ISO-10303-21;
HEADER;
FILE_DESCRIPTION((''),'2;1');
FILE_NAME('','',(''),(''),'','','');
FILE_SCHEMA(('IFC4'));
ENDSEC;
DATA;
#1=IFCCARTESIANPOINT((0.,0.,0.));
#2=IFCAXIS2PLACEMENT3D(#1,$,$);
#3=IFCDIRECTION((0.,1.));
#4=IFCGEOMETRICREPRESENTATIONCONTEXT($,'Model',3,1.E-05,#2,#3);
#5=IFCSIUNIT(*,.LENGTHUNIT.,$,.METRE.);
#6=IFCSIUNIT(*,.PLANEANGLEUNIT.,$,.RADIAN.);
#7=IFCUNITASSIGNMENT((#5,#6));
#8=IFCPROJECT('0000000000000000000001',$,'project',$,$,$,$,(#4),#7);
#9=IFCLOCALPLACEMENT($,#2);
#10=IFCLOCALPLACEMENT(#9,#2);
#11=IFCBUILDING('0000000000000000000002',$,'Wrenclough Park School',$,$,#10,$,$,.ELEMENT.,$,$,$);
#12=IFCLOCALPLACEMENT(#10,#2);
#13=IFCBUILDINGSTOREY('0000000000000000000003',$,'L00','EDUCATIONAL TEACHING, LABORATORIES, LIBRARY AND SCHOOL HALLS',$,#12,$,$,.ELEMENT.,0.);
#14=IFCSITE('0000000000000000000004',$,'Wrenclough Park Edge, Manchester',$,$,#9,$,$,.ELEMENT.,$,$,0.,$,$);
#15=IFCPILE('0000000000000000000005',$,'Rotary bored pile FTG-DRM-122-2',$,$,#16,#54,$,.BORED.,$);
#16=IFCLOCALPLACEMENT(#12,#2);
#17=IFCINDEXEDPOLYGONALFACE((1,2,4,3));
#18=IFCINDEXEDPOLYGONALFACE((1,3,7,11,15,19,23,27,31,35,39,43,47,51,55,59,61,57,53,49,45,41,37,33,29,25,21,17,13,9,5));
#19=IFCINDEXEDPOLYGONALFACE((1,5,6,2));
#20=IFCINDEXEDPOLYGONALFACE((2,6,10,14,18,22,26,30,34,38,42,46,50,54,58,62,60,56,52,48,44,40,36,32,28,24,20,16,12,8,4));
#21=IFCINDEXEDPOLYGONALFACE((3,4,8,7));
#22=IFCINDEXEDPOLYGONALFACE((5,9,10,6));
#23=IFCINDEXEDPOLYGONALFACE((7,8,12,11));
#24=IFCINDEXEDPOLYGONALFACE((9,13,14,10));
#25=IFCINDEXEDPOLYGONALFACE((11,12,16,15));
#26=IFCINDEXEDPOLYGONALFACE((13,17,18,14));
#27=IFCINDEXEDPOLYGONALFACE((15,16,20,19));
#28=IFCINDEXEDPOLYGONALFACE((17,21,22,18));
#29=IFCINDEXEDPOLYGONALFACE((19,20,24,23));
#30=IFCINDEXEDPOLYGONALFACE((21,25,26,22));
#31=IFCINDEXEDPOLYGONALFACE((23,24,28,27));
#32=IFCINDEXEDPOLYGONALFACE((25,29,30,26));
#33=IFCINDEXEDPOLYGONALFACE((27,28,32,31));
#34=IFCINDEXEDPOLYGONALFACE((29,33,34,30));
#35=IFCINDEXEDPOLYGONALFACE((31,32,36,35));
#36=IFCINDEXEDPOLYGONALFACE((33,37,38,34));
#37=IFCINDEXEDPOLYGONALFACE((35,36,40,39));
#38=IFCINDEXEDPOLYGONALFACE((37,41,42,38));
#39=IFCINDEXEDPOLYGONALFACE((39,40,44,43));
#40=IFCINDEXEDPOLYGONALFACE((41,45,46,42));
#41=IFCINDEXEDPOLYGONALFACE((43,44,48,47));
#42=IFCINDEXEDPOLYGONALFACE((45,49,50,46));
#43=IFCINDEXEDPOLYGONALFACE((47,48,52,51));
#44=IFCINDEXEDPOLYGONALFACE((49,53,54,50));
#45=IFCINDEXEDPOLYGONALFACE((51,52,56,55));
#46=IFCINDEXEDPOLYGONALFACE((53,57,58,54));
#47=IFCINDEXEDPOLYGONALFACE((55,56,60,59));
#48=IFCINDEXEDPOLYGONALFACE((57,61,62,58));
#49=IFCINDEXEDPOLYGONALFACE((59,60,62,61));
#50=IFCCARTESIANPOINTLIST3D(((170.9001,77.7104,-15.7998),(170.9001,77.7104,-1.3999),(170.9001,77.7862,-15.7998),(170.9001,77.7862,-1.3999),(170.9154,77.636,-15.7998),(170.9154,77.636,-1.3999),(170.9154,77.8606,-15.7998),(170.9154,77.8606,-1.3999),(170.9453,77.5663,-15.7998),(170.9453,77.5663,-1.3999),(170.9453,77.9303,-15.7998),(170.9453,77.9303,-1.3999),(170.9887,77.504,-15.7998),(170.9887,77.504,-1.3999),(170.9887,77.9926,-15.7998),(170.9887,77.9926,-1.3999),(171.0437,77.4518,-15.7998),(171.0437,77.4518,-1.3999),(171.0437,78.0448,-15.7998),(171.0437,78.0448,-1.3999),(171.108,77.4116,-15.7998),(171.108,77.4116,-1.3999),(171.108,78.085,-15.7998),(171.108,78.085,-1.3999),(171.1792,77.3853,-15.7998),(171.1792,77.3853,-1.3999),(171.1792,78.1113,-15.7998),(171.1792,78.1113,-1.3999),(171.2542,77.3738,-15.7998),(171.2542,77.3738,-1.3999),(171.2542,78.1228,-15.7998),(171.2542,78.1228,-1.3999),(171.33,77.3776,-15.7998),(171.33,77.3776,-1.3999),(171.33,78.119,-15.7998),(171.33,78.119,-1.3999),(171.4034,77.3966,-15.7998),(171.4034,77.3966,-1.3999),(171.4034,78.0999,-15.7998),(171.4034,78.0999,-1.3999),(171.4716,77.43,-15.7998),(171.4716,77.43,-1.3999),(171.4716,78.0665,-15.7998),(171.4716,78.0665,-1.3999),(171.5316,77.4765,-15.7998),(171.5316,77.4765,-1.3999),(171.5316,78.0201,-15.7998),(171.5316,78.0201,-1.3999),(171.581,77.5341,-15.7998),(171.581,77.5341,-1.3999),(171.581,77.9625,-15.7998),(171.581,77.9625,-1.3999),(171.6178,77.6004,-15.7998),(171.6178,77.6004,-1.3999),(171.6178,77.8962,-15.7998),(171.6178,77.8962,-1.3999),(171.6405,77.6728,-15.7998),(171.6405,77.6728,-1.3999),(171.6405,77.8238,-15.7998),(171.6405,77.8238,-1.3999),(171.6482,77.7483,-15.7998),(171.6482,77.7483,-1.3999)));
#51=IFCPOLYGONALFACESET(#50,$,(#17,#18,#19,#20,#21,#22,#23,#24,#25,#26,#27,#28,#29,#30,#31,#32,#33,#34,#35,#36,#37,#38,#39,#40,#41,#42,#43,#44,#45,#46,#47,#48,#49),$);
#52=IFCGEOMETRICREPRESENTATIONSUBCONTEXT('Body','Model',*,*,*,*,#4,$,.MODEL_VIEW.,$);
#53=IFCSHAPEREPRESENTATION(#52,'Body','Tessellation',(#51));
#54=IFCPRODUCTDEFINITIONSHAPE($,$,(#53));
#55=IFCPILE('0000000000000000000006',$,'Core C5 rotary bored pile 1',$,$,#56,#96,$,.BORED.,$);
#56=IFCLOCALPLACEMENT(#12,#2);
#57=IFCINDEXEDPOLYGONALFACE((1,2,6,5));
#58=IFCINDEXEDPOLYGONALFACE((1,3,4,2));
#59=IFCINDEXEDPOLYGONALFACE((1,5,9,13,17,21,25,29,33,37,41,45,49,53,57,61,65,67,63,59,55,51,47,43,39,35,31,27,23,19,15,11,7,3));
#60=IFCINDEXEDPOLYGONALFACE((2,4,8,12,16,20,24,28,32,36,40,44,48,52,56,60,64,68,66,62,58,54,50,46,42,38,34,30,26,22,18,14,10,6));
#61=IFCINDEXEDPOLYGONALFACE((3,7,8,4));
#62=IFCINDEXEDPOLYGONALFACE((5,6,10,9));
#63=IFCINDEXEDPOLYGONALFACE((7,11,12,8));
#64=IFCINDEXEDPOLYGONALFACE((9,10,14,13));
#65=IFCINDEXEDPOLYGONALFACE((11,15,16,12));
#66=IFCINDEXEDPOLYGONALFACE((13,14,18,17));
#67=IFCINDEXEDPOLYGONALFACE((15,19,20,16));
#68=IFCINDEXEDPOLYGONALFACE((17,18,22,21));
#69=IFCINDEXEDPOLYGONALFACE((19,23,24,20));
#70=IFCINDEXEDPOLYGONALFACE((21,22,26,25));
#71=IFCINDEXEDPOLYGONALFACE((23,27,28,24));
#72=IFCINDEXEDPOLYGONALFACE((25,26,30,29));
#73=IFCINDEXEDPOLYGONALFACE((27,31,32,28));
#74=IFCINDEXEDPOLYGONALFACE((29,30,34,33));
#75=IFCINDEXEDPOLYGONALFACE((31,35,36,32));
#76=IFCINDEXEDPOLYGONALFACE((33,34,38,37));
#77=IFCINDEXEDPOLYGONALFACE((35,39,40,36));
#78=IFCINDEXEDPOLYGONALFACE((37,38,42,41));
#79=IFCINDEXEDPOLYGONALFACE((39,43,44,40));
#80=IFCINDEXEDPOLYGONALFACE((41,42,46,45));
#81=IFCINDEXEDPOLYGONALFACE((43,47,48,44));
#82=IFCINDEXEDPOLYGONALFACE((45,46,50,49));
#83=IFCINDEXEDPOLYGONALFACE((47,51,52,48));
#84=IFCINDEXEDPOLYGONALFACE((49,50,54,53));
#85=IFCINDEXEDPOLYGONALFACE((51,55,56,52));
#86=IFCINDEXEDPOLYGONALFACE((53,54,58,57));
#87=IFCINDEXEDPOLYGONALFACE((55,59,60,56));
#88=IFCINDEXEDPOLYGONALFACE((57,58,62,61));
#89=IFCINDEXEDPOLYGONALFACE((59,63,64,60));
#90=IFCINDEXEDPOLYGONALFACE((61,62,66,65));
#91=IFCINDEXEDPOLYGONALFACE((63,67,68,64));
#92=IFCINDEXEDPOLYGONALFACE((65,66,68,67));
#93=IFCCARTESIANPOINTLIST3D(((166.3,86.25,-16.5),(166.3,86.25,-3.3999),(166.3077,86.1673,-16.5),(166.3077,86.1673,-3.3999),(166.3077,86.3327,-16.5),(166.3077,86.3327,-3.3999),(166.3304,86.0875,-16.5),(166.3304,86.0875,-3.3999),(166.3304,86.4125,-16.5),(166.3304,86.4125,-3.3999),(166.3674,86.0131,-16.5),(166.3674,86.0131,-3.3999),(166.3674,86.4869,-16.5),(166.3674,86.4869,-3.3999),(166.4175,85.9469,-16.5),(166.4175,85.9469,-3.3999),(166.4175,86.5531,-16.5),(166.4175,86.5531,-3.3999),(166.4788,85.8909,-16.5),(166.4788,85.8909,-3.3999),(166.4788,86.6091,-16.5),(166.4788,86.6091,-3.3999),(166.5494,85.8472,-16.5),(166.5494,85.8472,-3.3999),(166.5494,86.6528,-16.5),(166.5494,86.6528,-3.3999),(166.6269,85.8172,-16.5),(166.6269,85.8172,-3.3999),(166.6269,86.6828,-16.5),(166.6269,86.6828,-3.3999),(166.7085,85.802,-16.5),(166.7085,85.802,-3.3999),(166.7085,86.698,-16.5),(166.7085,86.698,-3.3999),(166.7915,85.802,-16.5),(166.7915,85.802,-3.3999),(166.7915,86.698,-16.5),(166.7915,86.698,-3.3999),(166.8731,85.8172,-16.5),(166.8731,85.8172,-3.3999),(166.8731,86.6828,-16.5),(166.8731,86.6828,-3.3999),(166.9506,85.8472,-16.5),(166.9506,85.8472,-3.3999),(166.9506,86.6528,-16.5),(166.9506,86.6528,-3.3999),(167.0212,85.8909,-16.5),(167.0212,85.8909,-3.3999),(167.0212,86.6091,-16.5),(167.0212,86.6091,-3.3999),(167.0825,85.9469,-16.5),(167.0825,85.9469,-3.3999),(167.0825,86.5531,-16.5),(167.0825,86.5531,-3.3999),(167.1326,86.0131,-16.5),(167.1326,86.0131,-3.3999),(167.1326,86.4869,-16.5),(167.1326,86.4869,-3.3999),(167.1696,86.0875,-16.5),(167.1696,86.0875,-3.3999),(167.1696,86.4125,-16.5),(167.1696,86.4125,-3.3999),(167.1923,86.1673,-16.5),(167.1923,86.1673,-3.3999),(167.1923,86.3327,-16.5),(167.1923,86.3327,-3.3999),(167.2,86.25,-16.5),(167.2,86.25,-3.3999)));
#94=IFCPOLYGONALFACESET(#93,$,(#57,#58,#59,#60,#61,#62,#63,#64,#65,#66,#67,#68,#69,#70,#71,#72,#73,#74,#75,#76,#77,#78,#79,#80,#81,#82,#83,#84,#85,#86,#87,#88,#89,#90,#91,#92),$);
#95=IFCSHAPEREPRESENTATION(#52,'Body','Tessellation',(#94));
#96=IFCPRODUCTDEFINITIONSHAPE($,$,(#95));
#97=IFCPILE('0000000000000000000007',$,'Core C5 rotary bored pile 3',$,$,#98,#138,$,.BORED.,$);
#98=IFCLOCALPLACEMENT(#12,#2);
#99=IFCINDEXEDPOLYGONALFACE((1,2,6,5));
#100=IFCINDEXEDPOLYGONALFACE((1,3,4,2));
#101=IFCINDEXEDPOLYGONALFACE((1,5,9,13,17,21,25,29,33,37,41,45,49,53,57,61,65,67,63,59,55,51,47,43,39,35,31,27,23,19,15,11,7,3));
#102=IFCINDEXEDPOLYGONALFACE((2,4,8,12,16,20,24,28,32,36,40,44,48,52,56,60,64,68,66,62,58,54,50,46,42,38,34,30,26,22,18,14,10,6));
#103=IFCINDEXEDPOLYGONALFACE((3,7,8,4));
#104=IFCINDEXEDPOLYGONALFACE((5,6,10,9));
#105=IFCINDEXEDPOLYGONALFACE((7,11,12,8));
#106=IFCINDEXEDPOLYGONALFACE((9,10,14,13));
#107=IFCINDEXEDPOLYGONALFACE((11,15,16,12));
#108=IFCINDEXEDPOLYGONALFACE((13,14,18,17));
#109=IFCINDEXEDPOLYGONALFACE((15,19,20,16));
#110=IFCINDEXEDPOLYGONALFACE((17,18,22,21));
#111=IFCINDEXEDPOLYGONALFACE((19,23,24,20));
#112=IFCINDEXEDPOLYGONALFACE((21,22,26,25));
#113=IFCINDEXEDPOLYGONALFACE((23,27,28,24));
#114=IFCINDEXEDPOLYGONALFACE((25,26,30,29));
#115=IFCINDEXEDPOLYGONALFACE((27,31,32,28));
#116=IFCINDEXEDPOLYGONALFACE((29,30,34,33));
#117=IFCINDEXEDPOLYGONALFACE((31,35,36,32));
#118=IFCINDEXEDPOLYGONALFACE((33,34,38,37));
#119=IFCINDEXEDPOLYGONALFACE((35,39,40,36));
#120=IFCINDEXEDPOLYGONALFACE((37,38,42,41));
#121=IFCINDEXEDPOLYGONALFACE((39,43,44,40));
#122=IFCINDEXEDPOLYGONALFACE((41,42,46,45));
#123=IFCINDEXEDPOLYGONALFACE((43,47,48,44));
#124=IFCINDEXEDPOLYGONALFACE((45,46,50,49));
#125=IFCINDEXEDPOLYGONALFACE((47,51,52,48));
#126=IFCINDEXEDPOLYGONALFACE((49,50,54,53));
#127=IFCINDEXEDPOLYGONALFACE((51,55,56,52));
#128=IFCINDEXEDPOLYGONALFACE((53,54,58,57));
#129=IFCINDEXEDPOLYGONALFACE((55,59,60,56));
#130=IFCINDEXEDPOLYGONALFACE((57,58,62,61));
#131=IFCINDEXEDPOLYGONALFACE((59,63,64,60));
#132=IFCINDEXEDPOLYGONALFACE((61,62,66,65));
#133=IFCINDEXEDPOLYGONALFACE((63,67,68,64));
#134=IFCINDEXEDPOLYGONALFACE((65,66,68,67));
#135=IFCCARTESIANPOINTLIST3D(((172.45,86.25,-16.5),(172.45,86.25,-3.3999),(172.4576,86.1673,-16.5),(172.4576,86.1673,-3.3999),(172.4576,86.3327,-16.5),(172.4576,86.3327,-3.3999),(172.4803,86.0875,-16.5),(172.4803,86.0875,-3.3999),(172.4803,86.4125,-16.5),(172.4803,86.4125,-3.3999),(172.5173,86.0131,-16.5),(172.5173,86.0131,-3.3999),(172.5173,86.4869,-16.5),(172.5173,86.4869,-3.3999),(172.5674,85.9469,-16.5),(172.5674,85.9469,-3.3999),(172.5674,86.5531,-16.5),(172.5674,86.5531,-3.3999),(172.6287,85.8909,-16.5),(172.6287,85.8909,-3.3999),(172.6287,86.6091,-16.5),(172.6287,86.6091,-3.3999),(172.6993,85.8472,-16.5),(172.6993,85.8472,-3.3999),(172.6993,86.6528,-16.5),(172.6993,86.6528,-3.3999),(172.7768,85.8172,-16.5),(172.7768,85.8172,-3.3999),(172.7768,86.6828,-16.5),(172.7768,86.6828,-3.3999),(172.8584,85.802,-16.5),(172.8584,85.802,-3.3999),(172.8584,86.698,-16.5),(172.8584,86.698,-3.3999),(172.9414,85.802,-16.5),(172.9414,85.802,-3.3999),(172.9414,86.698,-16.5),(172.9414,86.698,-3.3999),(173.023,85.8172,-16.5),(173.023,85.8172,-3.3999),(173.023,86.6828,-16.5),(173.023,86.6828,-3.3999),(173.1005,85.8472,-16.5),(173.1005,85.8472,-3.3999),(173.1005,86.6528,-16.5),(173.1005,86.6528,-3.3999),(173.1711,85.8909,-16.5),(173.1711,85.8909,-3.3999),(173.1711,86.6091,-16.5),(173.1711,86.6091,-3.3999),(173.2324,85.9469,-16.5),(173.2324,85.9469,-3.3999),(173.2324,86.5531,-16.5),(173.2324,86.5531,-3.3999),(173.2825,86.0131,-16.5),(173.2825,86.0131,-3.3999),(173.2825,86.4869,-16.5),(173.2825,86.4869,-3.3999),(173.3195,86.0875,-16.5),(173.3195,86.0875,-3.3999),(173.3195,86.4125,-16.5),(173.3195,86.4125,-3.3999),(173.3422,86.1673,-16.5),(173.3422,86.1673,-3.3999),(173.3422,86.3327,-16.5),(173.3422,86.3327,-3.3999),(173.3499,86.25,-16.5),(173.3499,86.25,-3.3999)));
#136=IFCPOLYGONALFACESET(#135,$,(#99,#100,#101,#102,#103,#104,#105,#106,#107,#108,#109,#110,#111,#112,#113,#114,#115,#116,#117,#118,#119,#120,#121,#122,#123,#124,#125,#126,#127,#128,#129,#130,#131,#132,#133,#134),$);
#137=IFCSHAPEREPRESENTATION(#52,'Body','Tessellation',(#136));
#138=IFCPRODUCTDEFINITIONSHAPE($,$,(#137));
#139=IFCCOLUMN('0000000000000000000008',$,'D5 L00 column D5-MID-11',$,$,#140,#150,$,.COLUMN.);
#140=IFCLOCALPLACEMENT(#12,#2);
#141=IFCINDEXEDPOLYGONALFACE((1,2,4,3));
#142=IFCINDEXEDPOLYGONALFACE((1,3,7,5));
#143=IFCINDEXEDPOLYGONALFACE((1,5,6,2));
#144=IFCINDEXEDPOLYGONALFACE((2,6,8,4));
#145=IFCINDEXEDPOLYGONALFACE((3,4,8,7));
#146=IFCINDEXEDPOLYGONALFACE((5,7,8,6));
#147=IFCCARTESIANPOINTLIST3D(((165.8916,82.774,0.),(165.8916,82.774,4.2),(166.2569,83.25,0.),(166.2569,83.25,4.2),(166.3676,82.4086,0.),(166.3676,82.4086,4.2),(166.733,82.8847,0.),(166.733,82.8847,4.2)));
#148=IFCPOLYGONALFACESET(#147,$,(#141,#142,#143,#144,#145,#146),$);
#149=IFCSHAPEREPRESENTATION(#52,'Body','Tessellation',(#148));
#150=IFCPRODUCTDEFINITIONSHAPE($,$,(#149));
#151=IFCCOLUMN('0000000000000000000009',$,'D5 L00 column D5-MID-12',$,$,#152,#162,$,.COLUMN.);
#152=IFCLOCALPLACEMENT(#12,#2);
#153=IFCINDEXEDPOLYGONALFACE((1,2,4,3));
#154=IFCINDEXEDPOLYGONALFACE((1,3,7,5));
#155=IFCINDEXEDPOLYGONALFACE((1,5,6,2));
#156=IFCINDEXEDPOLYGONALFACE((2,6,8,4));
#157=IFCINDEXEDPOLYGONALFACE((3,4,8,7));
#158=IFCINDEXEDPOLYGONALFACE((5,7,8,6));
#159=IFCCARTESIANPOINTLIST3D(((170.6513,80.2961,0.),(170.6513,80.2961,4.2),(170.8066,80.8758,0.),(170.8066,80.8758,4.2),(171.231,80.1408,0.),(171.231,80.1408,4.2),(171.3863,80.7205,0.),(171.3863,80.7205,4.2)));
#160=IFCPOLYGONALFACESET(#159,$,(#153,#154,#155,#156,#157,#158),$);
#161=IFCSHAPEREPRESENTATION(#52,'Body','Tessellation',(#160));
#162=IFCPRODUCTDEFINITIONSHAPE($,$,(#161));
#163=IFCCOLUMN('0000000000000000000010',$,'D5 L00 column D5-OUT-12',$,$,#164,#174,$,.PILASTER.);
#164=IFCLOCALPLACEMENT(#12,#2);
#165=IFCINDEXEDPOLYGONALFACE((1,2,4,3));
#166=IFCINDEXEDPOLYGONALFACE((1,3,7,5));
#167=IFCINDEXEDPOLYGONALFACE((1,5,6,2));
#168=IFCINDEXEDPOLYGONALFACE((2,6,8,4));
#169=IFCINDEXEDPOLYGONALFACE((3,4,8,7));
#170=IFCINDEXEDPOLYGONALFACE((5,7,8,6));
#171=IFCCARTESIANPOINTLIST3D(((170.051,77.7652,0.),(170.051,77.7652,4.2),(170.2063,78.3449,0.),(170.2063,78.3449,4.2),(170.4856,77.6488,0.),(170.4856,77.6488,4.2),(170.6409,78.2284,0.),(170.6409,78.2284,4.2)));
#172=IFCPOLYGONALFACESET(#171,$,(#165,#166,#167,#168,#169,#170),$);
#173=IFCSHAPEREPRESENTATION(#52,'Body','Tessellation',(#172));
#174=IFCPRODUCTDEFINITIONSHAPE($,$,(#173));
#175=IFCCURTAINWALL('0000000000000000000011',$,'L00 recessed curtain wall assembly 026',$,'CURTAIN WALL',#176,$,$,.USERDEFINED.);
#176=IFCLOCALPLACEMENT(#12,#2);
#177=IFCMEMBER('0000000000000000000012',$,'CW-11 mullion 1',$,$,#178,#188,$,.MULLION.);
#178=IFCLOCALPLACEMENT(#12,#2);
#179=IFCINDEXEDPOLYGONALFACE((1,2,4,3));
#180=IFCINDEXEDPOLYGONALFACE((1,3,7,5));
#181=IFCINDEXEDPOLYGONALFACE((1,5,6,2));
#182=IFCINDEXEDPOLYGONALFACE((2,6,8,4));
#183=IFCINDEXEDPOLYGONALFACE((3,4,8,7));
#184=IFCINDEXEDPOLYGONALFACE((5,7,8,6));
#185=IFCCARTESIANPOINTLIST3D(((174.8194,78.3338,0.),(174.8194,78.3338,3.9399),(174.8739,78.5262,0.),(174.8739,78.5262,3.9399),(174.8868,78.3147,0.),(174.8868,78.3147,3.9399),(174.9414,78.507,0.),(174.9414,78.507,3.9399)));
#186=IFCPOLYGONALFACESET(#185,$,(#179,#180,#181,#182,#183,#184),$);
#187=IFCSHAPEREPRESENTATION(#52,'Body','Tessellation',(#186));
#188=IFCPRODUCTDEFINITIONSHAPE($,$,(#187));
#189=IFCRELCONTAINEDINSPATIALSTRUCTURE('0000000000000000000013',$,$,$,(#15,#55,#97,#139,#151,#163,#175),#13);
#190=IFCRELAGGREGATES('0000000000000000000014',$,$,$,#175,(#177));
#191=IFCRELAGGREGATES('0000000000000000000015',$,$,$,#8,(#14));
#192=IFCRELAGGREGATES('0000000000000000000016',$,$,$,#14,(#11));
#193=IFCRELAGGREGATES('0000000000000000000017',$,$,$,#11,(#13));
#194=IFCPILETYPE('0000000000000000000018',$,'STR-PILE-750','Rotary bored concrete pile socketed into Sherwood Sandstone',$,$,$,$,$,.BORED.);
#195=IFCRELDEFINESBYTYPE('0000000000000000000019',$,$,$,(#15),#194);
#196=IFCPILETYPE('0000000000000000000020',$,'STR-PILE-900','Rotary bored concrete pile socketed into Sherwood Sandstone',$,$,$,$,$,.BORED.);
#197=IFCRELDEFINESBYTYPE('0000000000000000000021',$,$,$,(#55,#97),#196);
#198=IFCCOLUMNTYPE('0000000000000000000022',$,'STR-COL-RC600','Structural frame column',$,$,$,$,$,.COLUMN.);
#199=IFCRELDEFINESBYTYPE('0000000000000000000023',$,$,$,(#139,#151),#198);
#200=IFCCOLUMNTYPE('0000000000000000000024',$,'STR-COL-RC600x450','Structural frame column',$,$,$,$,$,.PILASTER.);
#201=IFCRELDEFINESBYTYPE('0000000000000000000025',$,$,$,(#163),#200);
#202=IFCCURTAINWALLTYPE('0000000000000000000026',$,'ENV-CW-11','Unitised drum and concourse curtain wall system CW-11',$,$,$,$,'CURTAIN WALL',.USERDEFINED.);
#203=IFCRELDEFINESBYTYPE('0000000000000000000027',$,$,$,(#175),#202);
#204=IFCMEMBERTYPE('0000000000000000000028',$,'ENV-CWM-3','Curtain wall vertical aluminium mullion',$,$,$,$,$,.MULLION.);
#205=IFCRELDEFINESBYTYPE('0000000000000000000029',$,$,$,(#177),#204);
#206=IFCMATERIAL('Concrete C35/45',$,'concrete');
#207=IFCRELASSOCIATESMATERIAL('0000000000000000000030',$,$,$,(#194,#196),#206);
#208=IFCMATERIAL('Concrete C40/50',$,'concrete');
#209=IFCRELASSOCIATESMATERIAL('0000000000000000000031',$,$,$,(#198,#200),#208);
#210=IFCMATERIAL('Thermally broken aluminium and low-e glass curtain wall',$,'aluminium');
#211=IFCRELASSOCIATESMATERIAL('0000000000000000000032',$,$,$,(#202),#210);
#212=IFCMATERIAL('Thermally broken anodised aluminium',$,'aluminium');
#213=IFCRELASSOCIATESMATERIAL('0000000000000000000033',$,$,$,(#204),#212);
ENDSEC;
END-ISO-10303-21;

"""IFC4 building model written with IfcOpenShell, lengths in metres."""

from ifc_helpers import new_model, si_unit, direction, frame, origin, origin_2d, place, context, subcontext, project, spatial, rectangle, circle, extrude, material, material_profile, profile_set, type_object, element, aggregate, save


model = new_model("IFC4")

# Units and contexts
model_context = context("Model", 3, precision=1e-05, world=origin(), true_north=direction((0.0, 1.0)))
body_context = subcontext(model_context, "Body", "Model", "MODEL_VIEW")
ifc_project = project(units=[si_unit("LENGTHUNIT", "METRE"), si_unit("PLANEANGLEUNIT", "RADIAN")], contexts=[model_context])

# Site, building, storey
site_placement = place(None, origin())
site = spatial("IfcSite", under=ifc_project, at=site_placement, Name="Wrenclough Park Edge, Manchester", CompositionType="ELEMENT", RefElevation=0.0)
building_placement = place(site_placement, origin())
building = spatial("IfcBuilding", under=site, at=building_placement, Name="Wrenclough Park School", CompositionType="ELEMENT")
storey_placement = place(building_placement, origin())
storey = spatial("IfcBuildingStorey", under=building, at=storey_placement, Name="L00", Description="EDUCATIONAL TEACHING, LABORATORIES, LIBRARY AND SCHOOL HALLS", CompositionType="ELEMENT", Elevation=0.0)

# Shared definitions
ifc_material_1 = material(Name="Concrete C35/45", Category="concrete")

# Piles
ifc_material_profile_1 = material_profile(ifc_material_1, circle(Radius=0.375, at=origin_2d()), Name="BORED PILE D750")
ifc_profile_set_1 = profile_set([ifc_material_profile_1], Name="Concrete C35/45")
pile_type_1 = type_object("IfcPileType", Name="STR-PILE-750", Description="Rotary bored concrete pile socketed into Sherwood Sandstone", PredefinedType="BORED", material=ifc_profile_set_1)
for number, where, z_axis, x_axis, name in (
    (1, (171.2732, 77.7483, -1.3999), (0.0, 0.0, -1.0), (1.0, 0.0, 0.0), "Rotary bored pile FTG-DRM-122-2"),
):
    element("IfcPile", number, at=place(storey_placement, frame(where, z_axis=z_axis, x_axis=x_axis)), inside=storey, type_object=pile_type_1, Name=name, PredefinedType="BORED", context=body_context, shape_type="SweptSolid", body=[
        extrude(circle(Radius=0.375, at=origin_2d()), origin(), (0.0, 0.0, 1.0), 14.3999),
    ])
ifc_material_profile_2 = material_profile(ifc_material_1, circle(Radius=0.45, at=origin_2d()), Name="BORED PILE D900")
ifc_profile_set_2 = profile_set([ifc_material_profile_2], Name="Concrete C35/45")
pile_type_2 = type_object("IfcPileType", Name="STR-PILE-900", Description="Rotary bored concrete pile socketed into Sherwood Sandstone", PredefinedType="BORED", material=ifc_profile_set_2)
for number, where, z_axis, x_axis, name in (
    (2, (166.75, 86.25, -3.3999), (0.0, 0.0, -1.0), (1.0, 0.0, 0.0), "Core C5 rotary bored pile 1"),
    (3, (172.8999, 86.25, -3.3999), (0.0, 0.0, -1.0), (1.0, 0.0, 0.0), "Core C5 rotary bored pile 3"),
):
    element("IfcPile", number, at=place(storey_placement, frame(where, z_axis=z_axis, x_axis=x_axis)), inside=storey, type_object=pile_type_2, Name=name, PredefinedType="BORED", context=body_context, shape_type="SweptSolid", body=[
        extrude(circle(Radius=0.45, at=origin_2d()), origin(), (0.0, 0.0, 1.0), 13.1001),
    ])

# Columns
ifc_material_2 = material(Name="Concrete C40/50", Category="concrete")
ifc_material_profile_3 = material_profile(ifc_material_2, rectangle(XDim=0.6001, YDim=0.6001, at=origin_2d()), Name="RC COL 600x600")
ifc_profile_set_3 = profile_set([ifc_material_profile_3], Name="Concrete C40/50")
column_type_1 = type_object("IfcColumnType", Name="STR-COL-RC600", Description="Structural frame column", PredefinedType="COLUMN", material=ifc_profile_set_3)
for number, where, z_axis, x_axis, name in (
    (4, (166.3123, 82.8293, 0.0), (0.0, 0.0, 1.0), (0.793353, -0.608761, 0.0), "D5 L00 column D5-MID-11"),
    (5, (171.0188, 80.5083, 0.0), (0.0, 0.0, 1.0), (0.965926, -0.258819, 0.0), "D5 L00 column D5-MID-12"),
):
    element("IfcColumn", number, at=place(storey_placement, frame(where, z_axis=z_axis, x_axis=x_axis)), inside=storey, type_object=column_type_1, Name=name, PredefinedType="COLUMN", context=body_context, shape_type="SweptSolid", body=[
        extrude(rectangle(XDim=0.6001, YDim=0.6001, at=origin_2d()), origin(), (0.0, 0.0, 1.0), 4.2),
    ])
ifc_material_profile_4 = material_profile(ifc_material_2, rectangle(XDim=0.45, YDim=0.6001, at=origin_2d()), Name="RC COL 600x450")
ifc_profile_set_4 = profile_set([ifc_material_profile_4], Name="Concrete C40/50")
column_type_2 = type_object("IfcColumnType", Name="STR-COL-RC600x450", Description="Structural frame column", PredefinedType="PILASTER", material=ifc_profile_set_4)
column_placement = place(storey_placement, frame((170.3459, 77.9968, 0.0), z_axis=(0.0, 0.0, 1.0), x_axis=(0.965926, -0.258819, 0.0)))
element("IfcColumn", 6, at=column_placement, inside=storey, type_object=column_type_2, Name="D5 L00 column D5-OUT-12", PredefinedType="PILASTER", context=body_context, shape_type="SweptSolid", body=[
    extrude(rectangle(XDim=0.45, YDim=0.6001, at=origin_2d()), origin(), (0.0, 0.0, 1.0), 4.2),
])

# Curtain wall, member
ifc_material_3 = material(Name="Thermally broken aluminium and low-e glass curtain wall", Category="aluminium")
curtain_wall_type = type_object("IfcCurtainWallType", Name="ENV-CW-11", Description="Unitised drum and concourse curtain wall system CW-11", ElementType="CURTAIN WALL", PredefinedType="USERDEFINED", material=ifc_material_3)
curtain_wall_placement = place(storey_placement, origin())
curtain_wall = element("IfcCurtainWall", 7, at=curtain_wall_placement, inside=storey, type_object=curtain_wall_type, Name="L00 recessed curtain wall assembly 026", ObjectType="CURTAIN WALL", PredefinedType="USERDEFINED")
ifc_material_4 = material(Name="Thermally broken anodised aluminium", Category="aluminium")
ifc_material_profile_5 = material_profile(ifc_material_4, rectangle(XDim=0.0701, YDim=0.2, at=origin_2d()), Name="AL MULLION 70x200")
ifc_profile_set_5 = profile_set([ifc_material_profile_5], Name="Thermally broken anodised aluminium")
member_type_1 = type_object("IfcMemberType", Name="ENV-CWM-3", Description="Curtain wall vertical aluminium mullion", PredefinedType="MULLION", material=ifc_profile_set_5)
member_1_placement = place(storey_placement, frame((174.8804, 78.4204, 0.0), z_axis=(0.0, 0.0, 1.0), x_axis=(0.962063, -0.272826, 0.0)))
member_1 = element("IfcMember", 8, at=member_1_placement, type_object=member_type_1, Name="CW-11 mullion 1", PredefinedType="MULLION", context=body_context, shape_type="SweptSolid", body=[
    extrude(rectangle(XDim=0.0701, YDim=0.2, at=origin_2d()), origin(), (0.0, 0.0, 1.0), 3.9399),
])
aggregate(curtain_wall, [member_1])

save(model, "model.ifc")
